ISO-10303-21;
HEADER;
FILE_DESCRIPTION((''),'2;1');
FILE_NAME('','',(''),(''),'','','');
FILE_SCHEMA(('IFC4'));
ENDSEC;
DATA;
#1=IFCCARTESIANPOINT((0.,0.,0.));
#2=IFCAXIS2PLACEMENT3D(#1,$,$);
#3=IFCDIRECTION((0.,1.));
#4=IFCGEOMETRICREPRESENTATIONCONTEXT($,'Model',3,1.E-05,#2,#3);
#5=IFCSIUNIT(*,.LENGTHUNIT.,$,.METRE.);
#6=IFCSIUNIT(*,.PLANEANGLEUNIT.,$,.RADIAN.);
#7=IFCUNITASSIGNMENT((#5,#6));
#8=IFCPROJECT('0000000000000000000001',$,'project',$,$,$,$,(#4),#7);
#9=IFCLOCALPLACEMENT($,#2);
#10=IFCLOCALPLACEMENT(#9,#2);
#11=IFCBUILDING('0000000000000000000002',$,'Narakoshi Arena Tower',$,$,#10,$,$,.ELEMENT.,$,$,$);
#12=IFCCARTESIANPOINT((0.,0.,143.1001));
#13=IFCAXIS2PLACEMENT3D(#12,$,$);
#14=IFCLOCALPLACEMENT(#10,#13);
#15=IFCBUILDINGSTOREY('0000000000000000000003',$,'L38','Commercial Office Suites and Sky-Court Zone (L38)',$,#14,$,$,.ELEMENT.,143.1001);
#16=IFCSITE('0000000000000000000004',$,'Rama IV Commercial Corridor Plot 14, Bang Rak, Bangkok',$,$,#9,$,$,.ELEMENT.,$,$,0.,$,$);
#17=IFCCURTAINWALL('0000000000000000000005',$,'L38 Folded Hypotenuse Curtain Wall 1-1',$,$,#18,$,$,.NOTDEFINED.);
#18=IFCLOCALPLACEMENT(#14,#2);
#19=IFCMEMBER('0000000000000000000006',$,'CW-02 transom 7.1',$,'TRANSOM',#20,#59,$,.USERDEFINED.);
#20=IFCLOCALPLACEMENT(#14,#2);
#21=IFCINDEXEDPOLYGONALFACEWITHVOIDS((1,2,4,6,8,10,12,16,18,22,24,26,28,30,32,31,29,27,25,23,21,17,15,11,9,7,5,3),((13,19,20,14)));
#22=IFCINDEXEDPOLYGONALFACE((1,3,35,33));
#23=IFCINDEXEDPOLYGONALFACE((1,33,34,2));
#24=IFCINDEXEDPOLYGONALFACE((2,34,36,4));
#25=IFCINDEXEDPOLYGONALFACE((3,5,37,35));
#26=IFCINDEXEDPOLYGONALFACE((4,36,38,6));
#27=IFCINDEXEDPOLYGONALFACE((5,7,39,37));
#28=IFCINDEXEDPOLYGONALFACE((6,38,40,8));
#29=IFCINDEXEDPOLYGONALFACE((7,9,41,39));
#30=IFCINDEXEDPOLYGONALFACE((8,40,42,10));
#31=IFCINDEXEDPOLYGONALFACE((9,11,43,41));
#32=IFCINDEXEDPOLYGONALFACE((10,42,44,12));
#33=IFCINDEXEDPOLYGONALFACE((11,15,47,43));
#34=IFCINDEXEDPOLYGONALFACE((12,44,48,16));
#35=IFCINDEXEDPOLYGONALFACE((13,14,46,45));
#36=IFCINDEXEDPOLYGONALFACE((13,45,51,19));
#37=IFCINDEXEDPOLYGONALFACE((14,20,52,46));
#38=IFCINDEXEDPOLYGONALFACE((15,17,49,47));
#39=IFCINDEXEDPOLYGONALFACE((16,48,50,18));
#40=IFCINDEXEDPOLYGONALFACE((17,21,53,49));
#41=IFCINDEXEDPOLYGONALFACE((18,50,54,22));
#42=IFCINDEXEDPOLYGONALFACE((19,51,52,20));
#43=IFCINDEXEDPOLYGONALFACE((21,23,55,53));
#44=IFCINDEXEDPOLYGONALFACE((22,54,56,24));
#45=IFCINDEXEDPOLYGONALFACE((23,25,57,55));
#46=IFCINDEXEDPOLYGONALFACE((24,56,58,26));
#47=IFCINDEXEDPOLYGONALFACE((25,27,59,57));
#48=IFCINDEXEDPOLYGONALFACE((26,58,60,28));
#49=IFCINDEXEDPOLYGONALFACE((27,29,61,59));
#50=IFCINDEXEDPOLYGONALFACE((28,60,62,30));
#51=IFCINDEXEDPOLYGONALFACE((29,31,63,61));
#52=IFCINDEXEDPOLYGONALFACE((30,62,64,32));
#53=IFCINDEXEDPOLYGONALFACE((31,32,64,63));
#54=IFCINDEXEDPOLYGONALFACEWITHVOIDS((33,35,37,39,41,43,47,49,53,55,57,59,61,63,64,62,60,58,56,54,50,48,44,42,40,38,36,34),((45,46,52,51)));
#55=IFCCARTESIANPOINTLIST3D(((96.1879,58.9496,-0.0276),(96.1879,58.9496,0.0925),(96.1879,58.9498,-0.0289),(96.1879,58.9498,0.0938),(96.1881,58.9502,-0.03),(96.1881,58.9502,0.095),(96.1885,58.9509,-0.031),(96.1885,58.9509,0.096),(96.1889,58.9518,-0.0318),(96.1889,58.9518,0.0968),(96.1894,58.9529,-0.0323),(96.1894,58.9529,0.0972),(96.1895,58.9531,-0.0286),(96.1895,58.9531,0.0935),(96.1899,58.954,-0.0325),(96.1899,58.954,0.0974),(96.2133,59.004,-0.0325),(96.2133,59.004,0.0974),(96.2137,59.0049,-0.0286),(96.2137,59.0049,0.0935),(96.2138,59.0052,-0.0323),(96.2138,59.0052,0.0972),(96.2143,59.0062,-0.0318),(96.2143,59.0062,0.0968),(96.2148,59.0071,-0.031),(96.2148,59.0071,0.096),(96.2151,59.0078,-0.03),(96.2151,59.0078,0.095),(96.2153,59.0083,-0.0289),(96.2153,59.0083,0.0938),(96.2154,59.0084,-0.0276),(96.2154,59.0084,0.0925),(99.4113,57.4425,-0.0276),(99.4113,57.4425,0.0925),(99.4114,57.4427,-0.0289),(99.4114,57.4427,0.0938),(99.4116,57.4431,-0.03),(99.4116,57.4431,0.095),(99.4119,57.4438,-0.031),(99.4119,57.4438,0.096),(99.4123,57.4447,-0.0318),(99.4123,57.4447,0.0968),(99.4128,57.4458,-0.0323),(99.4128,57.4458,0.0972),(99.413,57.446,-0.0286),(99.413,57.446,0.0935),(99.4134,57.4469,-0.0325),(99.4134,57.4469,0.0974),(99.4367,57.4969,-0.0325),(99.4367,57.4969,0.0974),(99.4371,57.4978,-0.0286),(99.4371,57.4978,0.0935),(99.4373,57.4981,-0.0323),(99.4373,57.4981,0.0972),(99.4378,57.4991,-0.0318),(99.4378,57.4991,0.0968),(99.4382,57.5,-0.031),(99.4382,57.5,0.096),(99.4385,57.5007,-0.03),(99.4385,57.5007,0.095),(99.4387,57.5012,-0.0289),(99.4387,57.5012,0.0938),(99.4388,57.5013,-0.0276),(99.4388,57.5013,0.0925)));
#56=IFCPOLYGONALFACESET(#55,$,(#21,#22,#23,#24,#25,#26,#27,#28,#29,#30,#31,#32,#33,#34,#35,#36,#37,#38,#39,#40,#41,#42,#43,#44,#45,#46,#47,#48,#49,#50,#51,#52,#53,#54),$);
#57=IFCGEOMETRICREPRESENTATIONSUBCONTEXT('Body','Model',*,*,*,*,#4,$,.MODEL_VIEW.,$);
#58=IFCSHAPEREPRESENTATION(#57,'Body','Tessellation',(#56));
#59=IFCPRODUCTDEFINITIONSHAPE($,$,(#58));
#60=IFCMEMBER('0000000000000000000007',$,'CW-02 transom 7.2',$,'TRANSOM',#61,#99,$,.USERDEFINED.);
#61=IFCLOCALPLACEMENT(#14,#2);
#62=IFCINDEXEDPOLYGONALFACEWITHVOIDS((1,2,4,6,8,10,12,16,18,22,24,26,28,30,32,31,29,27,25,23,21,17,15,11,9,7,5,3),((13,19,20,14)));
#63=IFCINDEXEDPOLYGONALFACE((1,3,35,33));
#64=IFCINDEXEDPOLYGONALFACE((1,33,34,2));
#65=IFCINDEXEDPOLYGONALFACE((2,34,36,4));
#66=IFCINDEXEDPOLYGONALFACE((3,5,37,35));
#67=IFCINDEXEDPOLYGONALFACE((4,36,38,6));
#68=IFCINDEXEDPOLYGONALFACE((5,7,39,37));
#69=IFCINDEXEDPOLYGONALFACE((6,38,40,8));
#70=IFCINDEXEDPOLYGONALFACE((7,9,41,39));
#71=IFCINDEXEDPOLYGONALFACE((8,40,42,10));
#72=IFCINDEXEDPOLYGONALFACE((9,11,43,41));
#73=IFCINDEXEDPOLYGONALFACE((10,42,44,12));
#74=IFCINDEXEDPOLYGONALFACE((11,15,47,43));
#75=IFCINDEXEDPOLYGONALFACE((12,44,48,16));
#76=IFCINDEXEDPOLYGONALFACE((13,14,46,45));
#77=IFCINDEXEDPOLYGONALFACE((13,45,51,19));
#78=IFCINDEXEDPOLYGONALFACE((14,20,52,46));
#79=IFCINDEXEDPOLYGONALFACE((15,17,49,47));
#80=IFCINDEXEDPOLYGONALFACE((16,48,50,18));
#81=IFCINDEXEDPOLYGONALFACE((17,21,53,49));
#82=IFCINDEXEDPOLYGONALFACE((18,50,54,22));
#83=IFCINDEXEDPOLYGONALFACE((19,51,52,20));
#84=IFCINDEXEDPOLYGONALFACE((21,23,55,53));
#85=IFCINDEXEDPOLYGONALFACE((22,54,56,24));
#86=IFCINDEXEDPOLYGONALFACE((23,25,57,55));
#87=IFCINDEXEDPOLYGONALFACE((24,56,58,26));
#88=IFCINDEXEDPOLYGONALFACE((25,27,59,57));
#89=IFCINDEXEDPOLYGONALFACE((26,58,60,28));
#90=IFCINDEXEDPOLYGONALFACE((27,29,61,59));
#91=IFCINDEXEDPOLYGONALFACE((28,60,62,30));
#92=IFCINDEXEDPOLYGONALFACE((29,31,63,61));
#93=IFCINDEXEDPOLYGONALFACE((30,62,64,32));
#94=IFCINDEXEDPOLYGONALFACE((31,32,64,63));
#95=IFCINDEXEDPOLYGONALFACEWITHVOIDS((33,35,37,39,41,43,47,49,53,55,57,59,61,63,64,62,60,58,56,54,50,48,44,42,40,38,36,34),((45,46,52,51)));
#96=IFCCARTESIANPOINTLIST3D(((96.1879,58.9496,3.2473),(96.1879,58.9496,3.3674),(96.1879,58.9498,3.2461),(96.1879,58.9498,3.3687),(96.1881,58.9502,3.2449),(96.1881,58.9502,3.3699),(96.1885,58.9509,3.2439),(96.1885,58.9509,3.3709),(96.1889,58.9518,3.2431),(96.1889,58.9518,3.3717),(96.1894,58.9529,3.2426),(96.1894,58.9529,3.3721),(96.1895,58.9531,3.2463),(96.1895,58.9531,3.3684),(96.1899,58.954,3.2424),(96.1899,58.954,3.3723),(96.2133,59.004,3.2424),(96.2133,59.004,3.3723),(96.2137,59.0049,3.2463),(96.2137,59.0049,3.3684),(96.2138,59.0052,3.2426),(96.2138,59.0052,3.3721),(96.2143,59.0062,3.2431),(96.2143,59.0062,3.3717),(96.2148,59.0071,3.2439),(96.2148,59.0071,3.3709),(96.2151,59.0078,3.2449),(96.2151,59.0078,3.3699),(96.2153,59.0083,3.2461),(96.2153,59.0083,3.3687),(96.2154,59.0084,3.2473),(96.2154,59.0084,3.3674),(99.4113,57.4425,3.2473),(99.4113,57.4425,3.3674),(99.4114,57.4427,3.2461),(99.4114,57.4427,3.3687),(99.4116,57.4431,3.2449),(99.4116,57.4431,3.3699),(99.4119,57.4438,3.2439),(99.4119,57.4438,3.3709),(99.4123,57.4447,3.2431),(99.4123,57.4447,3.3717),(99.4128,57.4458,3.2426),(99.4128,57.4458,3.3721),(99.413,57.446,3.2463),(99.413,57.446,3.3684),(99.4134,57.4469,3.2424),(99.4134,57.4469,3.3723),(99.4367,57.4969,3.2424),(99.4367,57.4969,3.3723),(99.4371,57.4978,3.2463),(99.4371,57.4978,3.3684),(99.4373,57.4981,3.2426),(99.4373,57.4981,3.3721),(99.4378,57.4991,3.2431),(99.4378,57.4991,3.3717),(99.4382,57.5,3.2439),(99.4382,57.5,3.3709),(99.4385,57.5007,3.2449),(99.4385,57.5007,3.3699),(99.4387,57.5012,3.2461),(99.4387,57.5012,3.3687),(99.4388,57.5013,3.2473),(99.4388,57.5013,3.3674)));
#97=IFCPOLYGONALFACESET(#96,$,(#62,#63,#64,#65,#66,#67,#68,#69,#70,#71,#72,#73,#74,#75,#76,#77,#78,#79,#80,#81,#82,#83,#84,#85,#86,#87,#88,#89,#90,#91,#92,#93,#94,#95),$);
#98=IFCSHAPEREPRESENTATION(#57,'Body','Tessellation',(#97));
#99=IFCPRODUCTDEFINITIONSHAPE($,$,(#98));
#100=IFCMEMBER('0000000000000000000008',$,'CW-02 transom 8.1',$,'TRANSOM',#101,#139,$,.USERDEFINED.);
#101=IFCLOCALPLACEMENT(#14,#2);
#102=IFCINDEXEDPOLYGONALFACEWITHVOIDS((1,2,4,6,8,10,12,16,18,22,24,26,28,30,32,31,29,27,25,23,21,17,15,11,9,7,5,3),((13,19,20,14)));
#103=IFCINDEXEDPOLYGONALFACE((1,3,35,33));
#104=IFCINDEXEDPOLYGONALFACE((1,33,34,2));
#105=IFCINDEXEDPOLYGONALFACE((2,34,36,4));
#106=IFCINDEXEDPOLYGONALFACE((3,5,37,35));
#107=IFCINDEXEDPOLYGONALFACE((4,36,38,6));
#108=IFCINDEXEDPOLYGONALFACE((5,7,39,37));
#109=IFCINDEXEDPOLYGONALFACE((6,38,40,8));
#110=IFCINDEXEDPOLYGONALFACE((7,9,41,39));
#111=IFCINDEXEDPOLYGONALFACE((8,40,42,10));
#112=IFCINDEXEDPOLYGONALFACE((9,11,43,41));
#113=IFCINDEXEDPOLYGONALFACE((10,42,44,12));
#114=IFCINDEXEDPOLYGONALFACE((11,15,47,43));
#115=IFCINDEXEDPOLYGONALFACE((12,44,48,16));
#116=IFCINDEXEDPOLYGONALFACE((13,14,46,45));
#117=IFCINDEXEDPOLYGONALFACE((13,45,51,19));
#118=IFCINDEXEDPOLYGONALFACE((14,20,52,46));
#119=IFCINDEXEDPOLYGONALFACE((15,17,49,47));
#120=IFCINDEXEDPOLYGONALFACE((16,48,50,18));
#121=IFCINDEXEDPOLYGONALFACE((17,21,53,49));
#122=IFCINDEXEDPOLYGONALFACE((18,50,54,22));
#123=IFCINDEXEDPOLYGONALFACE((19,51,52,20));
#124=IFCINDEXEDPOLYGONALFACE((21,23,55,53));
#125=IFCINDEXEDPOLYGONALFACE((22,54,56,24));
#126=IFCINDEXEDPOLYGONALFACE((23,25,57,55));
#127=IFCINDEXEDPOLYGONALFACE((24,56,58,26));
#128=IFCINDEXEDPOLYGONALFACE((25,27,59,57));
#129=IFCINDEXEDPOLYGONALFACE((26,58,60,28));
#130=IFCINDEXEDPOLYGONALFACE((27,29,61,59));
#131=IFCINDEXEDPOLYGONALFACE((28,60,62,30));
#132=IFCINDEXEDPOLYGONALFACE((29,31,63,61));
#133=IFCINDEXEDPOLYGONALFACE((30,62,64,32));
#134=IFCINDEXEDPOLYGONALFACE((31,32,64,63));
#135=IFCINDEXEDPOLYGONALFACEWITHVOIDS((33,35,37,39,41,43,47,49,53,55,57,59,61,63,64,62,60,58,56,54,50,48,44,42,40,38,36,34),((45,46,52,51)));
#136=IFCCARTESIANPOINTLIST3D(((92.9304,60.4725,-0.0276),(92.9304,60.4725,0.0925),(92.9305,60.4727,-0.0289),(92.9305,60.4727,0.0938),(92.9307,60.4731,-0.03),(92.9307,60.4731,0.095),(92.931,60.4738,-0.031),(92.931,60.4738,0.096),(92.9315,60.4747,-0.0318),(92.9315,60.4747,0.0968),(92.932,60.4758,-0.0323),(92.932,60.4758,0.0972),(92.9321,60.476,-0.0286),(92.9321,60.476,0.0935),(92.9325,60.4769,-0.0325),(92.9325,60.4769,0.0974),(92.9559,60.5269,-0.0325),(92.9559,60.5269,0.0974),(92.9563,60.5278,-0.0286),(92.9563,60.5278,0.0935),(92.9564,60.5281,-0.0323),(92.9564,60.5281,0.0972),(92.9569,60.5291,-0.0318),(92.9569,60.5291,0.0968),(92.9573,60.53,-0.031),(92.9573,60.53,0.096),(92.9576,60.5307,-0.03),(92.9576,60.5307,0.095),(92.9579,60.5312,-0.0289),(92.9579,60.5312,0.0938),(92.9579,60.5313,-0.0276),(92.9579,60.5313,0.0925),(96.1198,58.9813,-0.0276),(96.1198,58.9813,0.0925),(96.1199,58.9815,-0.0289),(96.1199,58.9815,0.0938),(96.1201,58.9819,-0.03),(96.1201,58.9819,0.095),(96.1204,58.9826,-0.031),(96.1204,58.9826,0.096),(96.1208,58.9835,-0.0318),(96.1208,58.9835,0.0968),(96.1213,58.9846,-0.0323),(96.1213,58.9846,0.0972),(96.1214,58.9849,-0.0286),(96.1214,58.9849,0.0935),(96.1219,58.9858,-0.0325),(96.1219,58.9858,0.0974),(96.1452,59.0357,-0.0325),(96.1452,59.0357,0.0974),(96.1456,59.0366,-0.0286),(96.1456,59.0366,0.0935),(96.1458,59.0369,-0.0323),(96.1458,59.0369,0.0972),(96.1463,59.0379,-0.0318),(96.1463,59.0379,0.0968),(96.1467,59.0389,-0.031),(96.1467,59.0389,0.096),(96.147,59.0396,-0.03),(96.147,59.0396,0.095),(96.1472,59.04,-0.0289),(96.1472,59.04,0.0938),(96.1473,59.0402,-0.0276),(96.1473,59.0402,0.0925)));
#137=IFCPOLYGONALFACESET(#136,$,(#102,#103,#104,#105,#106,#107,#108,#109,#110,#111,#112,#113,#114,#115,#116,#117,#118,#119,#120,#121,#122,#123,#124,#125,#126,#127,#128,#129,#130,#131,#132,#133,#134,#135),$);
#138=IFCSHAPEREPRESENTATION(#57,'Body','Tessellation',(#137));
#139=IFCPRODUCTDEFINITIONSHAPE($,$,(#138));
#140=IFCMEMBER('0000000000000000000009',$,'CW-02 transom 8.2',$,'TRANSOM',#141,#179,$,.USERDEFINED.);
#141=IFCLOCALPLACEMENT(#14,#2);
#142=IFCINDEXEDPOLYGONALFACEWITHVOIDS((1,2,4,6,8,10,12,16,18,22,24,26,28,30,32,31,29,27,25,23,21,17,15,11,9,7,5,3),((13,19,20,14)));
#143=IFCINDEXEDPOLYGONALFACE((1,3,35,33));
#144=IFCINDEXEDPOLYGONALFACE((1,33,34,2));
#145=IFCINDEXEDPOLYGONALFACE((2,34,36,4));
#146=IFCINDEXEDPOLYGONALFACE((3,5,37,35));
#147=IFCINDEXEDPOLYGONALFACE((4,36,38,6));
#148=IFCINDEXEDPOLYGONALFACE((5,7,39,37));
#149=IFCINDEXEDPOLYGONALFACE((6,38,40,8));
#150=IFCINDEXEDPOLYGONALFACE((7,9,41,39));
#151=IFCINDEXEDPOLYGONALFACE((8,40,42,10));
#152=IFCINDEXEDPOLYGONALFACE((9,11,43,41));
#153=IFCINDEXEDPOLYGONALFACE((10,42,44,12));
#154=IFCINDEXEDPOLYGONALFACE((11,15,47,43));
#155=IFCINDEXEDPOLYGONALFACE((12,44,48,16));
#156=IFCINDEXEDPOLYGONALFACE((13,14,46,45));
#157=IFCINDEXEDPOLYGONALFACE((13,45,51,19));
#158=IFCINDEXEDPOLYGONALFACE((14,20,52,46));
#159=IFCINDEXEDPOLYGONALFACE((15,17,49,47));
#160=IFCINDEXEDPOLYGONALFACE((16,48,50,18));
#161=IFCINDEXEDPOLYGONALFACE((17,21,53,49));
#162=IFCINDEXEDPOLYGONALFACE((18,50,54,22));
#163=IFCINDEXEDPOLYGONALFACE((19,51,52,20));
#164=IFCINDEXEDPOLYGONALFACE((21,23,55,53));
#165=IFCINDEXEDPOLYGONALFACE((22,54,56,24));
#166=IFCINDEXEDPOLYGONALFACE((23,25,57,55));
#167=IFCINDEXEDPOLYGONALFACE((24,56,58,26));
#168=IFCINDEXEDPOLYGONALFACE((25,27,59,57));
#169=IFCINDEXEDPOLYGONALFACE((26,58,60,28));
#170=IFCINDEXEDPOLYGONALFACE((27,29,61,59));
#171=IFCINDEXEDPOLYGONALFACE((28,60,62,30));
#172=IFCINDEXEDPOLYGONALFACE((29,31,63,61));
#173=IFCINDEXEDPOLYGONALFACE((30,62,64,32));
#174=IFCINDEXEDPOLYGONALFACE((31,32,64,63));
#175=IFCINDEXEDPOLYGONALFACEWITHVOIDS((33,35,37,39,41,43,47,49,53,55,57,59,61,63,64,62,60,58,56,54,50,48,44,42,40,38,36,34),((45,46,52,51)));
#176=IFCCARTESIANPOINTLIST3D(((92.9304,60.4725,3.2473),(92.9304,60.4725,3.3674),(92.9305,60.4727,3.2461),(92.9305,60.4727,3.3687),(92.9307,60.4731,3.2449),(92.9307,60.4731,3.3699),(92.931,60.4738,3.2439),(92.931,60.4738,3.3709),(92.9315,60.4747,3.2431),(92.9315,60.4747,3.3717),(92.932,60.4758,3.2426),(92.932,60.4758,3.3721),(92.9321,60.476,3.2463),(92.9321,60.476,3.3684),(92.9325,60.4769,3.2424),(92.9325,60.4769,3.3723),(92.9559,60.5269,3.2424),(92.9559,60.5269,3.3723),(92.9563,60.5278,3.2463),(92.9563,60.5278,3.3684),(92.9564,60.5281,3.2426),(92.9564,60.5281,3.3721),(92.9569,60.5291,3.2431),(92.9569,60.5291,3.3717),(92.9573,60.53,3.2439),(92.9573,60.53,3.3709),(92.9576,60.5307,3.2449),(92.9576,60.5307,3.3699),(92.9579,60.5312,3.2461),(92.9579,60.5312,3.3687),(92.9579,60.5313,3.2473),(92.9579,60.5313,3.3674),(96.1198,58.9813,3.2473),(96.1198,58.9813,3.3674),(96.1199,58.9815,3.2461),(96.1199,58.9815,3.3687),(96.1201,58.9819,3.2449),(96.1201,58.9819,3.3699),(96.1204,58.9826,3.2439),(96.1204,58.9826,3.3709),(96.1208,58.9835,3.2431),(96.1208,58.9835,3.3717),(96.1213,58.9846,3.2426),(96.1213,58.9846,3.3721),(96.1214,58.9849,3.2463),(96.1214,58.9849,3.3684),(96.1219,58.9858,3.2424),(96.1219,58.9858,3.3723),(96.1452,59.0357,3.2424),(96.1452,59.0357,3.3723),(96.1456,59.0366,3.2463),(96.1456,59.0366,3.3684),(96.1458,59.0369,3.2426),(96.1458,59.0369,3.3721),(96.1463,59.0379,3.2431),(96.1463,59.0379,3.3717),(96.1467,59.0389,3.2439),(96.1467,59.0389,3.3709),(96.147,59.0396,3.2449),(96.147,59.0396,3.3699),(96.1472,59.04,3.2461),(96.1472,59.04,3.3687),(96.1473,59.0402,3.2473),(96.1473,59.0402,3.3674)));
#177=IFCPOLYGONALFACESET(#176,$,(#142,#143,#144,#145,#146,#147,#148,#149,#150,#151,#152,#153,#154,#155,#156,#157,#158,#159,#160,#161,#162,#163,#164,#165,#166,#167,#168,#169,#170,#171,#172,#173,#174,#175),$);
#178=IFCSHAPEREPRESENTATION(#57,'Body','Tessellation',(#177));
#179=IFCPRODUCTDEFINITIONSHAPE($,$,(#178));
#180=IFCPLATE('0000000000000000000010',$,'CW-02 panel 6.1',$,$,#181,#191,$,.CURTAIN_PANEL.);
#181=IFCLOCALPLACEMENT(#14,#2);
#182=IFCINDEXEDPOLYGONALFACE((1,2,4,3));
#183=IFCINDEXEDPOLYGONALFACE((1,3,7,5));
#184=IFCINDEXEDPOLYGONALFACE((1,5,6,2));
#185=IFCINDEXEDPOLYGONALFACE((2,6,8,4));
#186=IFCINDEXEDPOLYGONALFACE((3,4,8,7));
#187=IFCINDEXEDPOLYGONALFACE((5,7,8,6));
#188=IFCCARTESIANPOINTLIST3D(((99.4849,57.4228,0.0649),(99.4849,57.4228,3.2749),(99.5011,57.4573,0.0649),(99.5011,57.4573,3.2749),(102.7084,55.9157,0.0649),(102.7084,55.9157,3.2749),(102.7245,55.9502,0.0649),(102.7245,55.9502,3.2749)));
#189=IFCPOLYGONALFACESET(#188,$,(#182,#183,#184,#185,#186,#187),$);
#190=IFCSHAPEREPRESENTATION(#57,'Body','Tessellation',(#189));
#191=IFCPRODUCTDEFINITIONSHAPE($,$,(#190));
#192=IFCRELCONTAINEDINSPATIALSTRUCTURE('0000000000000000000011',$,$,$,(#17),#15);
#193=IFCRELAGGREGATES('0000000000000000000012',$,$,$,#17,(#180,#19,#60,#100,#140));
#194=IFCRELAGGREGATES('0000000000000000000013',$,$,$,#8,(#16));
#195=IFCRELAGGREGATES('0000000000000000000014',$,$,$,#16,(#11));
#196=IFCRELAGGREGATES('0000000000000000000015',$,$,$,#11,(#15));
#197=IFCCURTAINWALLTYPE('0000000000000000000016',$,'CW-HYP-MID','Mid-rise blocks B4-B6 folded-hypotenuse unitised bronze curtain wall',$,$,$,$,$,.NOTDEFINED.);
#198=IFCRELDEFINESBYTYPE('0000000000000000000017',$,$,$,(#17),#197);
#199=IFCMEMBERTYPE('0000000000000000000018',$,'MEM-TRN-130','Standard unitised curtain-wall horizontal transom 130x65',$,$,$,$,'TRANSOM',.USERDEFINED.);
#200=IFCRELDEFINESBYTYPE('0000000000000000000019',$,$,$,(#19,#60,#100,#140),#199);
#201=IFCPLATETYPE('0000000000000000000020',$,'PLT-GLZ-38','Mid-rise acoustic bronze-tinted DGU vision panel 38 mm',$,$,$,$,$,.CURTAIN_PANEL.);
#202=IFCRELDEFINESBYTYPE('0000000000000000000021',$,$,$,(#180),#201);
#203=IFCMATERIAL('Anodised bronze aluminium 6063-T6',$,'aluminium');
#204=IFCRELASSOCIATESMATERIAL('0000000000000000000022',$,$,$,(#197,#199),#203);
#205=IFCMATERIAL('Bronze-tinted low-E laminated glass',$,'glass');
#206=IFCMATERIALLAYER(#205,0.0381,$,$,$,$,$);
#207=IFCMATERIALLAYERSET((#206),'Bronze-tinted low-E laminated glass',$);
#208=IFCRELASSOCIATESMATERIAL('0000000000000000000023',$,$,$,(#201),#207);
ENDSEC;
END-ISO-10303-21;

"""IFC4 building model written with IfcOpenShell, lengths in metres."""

from ifc_helpers import new_model, si_unit, direction, frame, origin, origin_2d, place, context, subcontext, project, spatial, rectangle, hollow_rectangle, extrude, material, layer, layer_set, material_profile, profile_set, type_object, element, aggregate, save


model = new_model("IFC4")

# Units and contexts
model_context = context("Model", 3, precision=1e-05, world=origin(), true_north=direction((0.0, 1.0)))
body_context = subcontext(model_context, "Body", "Model", "MODEL_VIEW")
ifc_project = project(units=[si_unit("LENGTHUNIT", "METRE"), si_unit("PLANEANGLEUNIT", "RADIAN")], contexts=[model_context])

# Site, building, storey
site_placement = place(None, origin())
site = spatial("IfcSite", under=ifc_project, at=site_placement, Name="Rama IV Commercial Corridor Plot 14, Bang Rak, Bangkok", CompositionType="ELEMENT", RefElevation=0.0)
building_placement = place(site_placement, origin())
building = spatial("IfcBuilding", under=site, at=building_placement, Name="Narakoshi Arena Tower", CompositionType="ELEMENT")
storey_placement = place(building_placement, frame((0.0, 0.0, 143.1001)))
storey = spatial("IfcBuildingStorey", under=building, at=storey_placement, Name="L38", Description="Commercial Office Suites and Sky-Court Zone (L38)", CompositionType="ELEMENT", Elevation=143.1001)

# Curtain wall, members, plate
ifc_material_1 = material(Name="Anodised bronze aluminium 6063-T6", Category="aluminium")
curtain_wall_type = type_object("IfcCurtainWallType", Name="CW-HYP-MID", Description="Mid-rise blocks B4-B6 folded-hypotenuse unitised bronze curtain wall", PredefinedType="NOTDEFINED", material=ifc_material_1)
curtain_wall_placement = place(storey_placement, origin())
curtain_wall = element("IfcCurtainWall", 1, at=curtain_wall_placement, inside=storey, type_object=curtain_wall_type, Name="L38 Folded Hypotenuse Curtain Wall 1-1", PredefinedType="NOTDEFINED")
ifc_material_profile_1 = material_profile(ifc_material_1, hollow_rectangle(XDim=0.0649, YDim=0.1299, WallThickness=0.0039, OuterFilletRadius=0.0049, at=origin_2d()), Name="TRN130x65x4")
ifc_profile_set_1 = profile_set([ifc_material_profile_1], Name="Anodised bronze aluminium 6063-T6")
member_type_1 = type_object("IfcMemberType", Name="MEM-TRN-130", Description="Standard unitised curtain-wall horizontal transom 130x65", ElementType="TRANSOM", PredefinedType="USERDEFINED", material=ifc_profile_set_1)
member_1_placement = place(storey_placement, frame((99.425, 57.4719, 0.0325), z_axis=(-0.905878, 0.423539, 0.0), x_axis=(-0.423539, -0.905878, 0.0)))
member_1 = element("IfcMember", 2, at=member_1_placement, type_object=member_type_1, Name="CW-02 transom 7.1", ObjectType="TRANSOM", PredefinedType="USERDEFINED", context=body_context, shape_type="SweptSolid", body=[
    extrude(hollow_rectangle(XDim=0.0649, YDim=0.1299, WallThickness=0.0039, OuterFilletRadius=0.0049, at=origin_2d()), origin(), (0.0, 0.0, 1.0), 3.5583),
])
member_2_placement = place(storey_placement, frame((99.425, 57.4719, 3.3074), z_axis=(-0.905878, 0.423539, 0.0), x_axis=(-0.423539, -0.905878, 0.0)))
member_2 = element("IfcMember", 3, at=member_2_placement, type_object=member_type_1, Name="CW-02 transom 7.2", ObjectType="TRANSOM", PredefinedType="USERDEFINED", context=body_context, shape_type="SweptSolid", body=[
    extrude(hollow_rectangle(XDim=0.0649, YDim=0.1299, WallThickness=0.0039, OuterFilletRadius=0.0049, at=origin_2d()), origin(), (0.0, 0.0, 1.0), 3.5583),
])
member_3_placement = place(storey_placement, frame((96.1335, 59.0107, 0.0325), z_axis=(-0.905878, 0.423538, 0.0), x_axis=(-0.423538, -0.905878, 0.0)))
member_3 = element("IfcMember", 4, at=member_3_placement, type_object=member_type_1, Name="CW-02 transom 8.1", ObjectType="TRANSOM", PredefinedType="USERDEFINED", context=body_context, shape_type="SweptSolid", body=[
    extrude(hollow_rectangle(XDim=0.0649, YDim=0.1299, WallThickness=0.0039, OuterFilletRadius=0.0049, at=origin_2d()), origin(), (0.0, 0.0, 1.0), 3.5208),
])
member_4_placement = place(storey_placement, frame((96.1335, 59.0107, 3.3074), z_axis=(-0.905878, 0.423538, 0.0), x_axis=(-0.423538, -0.905878, 0.0)))
member_4 = element("IfcMember", 5, at=member_4_placement, type_object=member_type_1, Name="CW-02 transom 8.2", ObjectType="TRANSOM", PredefinedType="USERDEFINED", context=body_context, shape_type="SweptSolid", body=[
    extrude(hollow_rectangle(XDim=0.0649, YDim=0.1299, WallThickness=0.0039, OuterFilletRadius=0.0049, at=origin_2d()), origin(), (0.0, 0.0, 1.0), 3.5208),
])
ifc_material_2 = material(Name="Bronze-tinted low-E laminated glass", Category="glass")
ifc_layer_1 = layer(ifc_material_2, 0.0381)
ifc_layer_set_1 = layer_set([ifc_layer_1], Name="Bronze-tinted low-E laminated glass")
plate_type = type_object("IfcPlateType", Name="PLT-GLZ-38", Description="Mid-rise acoustic bronze-tinted DGU vision panel 38 mm", PredefinedType="CURTAIN_PANEL", material=ifc_layer_set_1)
plate_1_placement = place(storey_placement, frame((101.1047, 56.6865, 0.0649), z_axis=(0.0, 0.0, 1.0), x_axis=(-0.905881, 0.423532, 0.0)))
plate_1 = element("IfcPlate", 6, at=plate_1_placement, type_object=plate_type, Name="CW-02 panel 6.1", PredefinedType="CURTAIN_PANEL", context=body_context, shape_type="SweptSolid", body=[
    extrude(rectangle(XDim=3.5583, YDim=0.0381, at=origin_2d()), origin(), (0.0, 0.0, 1.0), 3.21),
])
aggregate(curtain_wall, [plate_1, member_1, member_2, member_3, member_4])

save(model, "model.ifc")
